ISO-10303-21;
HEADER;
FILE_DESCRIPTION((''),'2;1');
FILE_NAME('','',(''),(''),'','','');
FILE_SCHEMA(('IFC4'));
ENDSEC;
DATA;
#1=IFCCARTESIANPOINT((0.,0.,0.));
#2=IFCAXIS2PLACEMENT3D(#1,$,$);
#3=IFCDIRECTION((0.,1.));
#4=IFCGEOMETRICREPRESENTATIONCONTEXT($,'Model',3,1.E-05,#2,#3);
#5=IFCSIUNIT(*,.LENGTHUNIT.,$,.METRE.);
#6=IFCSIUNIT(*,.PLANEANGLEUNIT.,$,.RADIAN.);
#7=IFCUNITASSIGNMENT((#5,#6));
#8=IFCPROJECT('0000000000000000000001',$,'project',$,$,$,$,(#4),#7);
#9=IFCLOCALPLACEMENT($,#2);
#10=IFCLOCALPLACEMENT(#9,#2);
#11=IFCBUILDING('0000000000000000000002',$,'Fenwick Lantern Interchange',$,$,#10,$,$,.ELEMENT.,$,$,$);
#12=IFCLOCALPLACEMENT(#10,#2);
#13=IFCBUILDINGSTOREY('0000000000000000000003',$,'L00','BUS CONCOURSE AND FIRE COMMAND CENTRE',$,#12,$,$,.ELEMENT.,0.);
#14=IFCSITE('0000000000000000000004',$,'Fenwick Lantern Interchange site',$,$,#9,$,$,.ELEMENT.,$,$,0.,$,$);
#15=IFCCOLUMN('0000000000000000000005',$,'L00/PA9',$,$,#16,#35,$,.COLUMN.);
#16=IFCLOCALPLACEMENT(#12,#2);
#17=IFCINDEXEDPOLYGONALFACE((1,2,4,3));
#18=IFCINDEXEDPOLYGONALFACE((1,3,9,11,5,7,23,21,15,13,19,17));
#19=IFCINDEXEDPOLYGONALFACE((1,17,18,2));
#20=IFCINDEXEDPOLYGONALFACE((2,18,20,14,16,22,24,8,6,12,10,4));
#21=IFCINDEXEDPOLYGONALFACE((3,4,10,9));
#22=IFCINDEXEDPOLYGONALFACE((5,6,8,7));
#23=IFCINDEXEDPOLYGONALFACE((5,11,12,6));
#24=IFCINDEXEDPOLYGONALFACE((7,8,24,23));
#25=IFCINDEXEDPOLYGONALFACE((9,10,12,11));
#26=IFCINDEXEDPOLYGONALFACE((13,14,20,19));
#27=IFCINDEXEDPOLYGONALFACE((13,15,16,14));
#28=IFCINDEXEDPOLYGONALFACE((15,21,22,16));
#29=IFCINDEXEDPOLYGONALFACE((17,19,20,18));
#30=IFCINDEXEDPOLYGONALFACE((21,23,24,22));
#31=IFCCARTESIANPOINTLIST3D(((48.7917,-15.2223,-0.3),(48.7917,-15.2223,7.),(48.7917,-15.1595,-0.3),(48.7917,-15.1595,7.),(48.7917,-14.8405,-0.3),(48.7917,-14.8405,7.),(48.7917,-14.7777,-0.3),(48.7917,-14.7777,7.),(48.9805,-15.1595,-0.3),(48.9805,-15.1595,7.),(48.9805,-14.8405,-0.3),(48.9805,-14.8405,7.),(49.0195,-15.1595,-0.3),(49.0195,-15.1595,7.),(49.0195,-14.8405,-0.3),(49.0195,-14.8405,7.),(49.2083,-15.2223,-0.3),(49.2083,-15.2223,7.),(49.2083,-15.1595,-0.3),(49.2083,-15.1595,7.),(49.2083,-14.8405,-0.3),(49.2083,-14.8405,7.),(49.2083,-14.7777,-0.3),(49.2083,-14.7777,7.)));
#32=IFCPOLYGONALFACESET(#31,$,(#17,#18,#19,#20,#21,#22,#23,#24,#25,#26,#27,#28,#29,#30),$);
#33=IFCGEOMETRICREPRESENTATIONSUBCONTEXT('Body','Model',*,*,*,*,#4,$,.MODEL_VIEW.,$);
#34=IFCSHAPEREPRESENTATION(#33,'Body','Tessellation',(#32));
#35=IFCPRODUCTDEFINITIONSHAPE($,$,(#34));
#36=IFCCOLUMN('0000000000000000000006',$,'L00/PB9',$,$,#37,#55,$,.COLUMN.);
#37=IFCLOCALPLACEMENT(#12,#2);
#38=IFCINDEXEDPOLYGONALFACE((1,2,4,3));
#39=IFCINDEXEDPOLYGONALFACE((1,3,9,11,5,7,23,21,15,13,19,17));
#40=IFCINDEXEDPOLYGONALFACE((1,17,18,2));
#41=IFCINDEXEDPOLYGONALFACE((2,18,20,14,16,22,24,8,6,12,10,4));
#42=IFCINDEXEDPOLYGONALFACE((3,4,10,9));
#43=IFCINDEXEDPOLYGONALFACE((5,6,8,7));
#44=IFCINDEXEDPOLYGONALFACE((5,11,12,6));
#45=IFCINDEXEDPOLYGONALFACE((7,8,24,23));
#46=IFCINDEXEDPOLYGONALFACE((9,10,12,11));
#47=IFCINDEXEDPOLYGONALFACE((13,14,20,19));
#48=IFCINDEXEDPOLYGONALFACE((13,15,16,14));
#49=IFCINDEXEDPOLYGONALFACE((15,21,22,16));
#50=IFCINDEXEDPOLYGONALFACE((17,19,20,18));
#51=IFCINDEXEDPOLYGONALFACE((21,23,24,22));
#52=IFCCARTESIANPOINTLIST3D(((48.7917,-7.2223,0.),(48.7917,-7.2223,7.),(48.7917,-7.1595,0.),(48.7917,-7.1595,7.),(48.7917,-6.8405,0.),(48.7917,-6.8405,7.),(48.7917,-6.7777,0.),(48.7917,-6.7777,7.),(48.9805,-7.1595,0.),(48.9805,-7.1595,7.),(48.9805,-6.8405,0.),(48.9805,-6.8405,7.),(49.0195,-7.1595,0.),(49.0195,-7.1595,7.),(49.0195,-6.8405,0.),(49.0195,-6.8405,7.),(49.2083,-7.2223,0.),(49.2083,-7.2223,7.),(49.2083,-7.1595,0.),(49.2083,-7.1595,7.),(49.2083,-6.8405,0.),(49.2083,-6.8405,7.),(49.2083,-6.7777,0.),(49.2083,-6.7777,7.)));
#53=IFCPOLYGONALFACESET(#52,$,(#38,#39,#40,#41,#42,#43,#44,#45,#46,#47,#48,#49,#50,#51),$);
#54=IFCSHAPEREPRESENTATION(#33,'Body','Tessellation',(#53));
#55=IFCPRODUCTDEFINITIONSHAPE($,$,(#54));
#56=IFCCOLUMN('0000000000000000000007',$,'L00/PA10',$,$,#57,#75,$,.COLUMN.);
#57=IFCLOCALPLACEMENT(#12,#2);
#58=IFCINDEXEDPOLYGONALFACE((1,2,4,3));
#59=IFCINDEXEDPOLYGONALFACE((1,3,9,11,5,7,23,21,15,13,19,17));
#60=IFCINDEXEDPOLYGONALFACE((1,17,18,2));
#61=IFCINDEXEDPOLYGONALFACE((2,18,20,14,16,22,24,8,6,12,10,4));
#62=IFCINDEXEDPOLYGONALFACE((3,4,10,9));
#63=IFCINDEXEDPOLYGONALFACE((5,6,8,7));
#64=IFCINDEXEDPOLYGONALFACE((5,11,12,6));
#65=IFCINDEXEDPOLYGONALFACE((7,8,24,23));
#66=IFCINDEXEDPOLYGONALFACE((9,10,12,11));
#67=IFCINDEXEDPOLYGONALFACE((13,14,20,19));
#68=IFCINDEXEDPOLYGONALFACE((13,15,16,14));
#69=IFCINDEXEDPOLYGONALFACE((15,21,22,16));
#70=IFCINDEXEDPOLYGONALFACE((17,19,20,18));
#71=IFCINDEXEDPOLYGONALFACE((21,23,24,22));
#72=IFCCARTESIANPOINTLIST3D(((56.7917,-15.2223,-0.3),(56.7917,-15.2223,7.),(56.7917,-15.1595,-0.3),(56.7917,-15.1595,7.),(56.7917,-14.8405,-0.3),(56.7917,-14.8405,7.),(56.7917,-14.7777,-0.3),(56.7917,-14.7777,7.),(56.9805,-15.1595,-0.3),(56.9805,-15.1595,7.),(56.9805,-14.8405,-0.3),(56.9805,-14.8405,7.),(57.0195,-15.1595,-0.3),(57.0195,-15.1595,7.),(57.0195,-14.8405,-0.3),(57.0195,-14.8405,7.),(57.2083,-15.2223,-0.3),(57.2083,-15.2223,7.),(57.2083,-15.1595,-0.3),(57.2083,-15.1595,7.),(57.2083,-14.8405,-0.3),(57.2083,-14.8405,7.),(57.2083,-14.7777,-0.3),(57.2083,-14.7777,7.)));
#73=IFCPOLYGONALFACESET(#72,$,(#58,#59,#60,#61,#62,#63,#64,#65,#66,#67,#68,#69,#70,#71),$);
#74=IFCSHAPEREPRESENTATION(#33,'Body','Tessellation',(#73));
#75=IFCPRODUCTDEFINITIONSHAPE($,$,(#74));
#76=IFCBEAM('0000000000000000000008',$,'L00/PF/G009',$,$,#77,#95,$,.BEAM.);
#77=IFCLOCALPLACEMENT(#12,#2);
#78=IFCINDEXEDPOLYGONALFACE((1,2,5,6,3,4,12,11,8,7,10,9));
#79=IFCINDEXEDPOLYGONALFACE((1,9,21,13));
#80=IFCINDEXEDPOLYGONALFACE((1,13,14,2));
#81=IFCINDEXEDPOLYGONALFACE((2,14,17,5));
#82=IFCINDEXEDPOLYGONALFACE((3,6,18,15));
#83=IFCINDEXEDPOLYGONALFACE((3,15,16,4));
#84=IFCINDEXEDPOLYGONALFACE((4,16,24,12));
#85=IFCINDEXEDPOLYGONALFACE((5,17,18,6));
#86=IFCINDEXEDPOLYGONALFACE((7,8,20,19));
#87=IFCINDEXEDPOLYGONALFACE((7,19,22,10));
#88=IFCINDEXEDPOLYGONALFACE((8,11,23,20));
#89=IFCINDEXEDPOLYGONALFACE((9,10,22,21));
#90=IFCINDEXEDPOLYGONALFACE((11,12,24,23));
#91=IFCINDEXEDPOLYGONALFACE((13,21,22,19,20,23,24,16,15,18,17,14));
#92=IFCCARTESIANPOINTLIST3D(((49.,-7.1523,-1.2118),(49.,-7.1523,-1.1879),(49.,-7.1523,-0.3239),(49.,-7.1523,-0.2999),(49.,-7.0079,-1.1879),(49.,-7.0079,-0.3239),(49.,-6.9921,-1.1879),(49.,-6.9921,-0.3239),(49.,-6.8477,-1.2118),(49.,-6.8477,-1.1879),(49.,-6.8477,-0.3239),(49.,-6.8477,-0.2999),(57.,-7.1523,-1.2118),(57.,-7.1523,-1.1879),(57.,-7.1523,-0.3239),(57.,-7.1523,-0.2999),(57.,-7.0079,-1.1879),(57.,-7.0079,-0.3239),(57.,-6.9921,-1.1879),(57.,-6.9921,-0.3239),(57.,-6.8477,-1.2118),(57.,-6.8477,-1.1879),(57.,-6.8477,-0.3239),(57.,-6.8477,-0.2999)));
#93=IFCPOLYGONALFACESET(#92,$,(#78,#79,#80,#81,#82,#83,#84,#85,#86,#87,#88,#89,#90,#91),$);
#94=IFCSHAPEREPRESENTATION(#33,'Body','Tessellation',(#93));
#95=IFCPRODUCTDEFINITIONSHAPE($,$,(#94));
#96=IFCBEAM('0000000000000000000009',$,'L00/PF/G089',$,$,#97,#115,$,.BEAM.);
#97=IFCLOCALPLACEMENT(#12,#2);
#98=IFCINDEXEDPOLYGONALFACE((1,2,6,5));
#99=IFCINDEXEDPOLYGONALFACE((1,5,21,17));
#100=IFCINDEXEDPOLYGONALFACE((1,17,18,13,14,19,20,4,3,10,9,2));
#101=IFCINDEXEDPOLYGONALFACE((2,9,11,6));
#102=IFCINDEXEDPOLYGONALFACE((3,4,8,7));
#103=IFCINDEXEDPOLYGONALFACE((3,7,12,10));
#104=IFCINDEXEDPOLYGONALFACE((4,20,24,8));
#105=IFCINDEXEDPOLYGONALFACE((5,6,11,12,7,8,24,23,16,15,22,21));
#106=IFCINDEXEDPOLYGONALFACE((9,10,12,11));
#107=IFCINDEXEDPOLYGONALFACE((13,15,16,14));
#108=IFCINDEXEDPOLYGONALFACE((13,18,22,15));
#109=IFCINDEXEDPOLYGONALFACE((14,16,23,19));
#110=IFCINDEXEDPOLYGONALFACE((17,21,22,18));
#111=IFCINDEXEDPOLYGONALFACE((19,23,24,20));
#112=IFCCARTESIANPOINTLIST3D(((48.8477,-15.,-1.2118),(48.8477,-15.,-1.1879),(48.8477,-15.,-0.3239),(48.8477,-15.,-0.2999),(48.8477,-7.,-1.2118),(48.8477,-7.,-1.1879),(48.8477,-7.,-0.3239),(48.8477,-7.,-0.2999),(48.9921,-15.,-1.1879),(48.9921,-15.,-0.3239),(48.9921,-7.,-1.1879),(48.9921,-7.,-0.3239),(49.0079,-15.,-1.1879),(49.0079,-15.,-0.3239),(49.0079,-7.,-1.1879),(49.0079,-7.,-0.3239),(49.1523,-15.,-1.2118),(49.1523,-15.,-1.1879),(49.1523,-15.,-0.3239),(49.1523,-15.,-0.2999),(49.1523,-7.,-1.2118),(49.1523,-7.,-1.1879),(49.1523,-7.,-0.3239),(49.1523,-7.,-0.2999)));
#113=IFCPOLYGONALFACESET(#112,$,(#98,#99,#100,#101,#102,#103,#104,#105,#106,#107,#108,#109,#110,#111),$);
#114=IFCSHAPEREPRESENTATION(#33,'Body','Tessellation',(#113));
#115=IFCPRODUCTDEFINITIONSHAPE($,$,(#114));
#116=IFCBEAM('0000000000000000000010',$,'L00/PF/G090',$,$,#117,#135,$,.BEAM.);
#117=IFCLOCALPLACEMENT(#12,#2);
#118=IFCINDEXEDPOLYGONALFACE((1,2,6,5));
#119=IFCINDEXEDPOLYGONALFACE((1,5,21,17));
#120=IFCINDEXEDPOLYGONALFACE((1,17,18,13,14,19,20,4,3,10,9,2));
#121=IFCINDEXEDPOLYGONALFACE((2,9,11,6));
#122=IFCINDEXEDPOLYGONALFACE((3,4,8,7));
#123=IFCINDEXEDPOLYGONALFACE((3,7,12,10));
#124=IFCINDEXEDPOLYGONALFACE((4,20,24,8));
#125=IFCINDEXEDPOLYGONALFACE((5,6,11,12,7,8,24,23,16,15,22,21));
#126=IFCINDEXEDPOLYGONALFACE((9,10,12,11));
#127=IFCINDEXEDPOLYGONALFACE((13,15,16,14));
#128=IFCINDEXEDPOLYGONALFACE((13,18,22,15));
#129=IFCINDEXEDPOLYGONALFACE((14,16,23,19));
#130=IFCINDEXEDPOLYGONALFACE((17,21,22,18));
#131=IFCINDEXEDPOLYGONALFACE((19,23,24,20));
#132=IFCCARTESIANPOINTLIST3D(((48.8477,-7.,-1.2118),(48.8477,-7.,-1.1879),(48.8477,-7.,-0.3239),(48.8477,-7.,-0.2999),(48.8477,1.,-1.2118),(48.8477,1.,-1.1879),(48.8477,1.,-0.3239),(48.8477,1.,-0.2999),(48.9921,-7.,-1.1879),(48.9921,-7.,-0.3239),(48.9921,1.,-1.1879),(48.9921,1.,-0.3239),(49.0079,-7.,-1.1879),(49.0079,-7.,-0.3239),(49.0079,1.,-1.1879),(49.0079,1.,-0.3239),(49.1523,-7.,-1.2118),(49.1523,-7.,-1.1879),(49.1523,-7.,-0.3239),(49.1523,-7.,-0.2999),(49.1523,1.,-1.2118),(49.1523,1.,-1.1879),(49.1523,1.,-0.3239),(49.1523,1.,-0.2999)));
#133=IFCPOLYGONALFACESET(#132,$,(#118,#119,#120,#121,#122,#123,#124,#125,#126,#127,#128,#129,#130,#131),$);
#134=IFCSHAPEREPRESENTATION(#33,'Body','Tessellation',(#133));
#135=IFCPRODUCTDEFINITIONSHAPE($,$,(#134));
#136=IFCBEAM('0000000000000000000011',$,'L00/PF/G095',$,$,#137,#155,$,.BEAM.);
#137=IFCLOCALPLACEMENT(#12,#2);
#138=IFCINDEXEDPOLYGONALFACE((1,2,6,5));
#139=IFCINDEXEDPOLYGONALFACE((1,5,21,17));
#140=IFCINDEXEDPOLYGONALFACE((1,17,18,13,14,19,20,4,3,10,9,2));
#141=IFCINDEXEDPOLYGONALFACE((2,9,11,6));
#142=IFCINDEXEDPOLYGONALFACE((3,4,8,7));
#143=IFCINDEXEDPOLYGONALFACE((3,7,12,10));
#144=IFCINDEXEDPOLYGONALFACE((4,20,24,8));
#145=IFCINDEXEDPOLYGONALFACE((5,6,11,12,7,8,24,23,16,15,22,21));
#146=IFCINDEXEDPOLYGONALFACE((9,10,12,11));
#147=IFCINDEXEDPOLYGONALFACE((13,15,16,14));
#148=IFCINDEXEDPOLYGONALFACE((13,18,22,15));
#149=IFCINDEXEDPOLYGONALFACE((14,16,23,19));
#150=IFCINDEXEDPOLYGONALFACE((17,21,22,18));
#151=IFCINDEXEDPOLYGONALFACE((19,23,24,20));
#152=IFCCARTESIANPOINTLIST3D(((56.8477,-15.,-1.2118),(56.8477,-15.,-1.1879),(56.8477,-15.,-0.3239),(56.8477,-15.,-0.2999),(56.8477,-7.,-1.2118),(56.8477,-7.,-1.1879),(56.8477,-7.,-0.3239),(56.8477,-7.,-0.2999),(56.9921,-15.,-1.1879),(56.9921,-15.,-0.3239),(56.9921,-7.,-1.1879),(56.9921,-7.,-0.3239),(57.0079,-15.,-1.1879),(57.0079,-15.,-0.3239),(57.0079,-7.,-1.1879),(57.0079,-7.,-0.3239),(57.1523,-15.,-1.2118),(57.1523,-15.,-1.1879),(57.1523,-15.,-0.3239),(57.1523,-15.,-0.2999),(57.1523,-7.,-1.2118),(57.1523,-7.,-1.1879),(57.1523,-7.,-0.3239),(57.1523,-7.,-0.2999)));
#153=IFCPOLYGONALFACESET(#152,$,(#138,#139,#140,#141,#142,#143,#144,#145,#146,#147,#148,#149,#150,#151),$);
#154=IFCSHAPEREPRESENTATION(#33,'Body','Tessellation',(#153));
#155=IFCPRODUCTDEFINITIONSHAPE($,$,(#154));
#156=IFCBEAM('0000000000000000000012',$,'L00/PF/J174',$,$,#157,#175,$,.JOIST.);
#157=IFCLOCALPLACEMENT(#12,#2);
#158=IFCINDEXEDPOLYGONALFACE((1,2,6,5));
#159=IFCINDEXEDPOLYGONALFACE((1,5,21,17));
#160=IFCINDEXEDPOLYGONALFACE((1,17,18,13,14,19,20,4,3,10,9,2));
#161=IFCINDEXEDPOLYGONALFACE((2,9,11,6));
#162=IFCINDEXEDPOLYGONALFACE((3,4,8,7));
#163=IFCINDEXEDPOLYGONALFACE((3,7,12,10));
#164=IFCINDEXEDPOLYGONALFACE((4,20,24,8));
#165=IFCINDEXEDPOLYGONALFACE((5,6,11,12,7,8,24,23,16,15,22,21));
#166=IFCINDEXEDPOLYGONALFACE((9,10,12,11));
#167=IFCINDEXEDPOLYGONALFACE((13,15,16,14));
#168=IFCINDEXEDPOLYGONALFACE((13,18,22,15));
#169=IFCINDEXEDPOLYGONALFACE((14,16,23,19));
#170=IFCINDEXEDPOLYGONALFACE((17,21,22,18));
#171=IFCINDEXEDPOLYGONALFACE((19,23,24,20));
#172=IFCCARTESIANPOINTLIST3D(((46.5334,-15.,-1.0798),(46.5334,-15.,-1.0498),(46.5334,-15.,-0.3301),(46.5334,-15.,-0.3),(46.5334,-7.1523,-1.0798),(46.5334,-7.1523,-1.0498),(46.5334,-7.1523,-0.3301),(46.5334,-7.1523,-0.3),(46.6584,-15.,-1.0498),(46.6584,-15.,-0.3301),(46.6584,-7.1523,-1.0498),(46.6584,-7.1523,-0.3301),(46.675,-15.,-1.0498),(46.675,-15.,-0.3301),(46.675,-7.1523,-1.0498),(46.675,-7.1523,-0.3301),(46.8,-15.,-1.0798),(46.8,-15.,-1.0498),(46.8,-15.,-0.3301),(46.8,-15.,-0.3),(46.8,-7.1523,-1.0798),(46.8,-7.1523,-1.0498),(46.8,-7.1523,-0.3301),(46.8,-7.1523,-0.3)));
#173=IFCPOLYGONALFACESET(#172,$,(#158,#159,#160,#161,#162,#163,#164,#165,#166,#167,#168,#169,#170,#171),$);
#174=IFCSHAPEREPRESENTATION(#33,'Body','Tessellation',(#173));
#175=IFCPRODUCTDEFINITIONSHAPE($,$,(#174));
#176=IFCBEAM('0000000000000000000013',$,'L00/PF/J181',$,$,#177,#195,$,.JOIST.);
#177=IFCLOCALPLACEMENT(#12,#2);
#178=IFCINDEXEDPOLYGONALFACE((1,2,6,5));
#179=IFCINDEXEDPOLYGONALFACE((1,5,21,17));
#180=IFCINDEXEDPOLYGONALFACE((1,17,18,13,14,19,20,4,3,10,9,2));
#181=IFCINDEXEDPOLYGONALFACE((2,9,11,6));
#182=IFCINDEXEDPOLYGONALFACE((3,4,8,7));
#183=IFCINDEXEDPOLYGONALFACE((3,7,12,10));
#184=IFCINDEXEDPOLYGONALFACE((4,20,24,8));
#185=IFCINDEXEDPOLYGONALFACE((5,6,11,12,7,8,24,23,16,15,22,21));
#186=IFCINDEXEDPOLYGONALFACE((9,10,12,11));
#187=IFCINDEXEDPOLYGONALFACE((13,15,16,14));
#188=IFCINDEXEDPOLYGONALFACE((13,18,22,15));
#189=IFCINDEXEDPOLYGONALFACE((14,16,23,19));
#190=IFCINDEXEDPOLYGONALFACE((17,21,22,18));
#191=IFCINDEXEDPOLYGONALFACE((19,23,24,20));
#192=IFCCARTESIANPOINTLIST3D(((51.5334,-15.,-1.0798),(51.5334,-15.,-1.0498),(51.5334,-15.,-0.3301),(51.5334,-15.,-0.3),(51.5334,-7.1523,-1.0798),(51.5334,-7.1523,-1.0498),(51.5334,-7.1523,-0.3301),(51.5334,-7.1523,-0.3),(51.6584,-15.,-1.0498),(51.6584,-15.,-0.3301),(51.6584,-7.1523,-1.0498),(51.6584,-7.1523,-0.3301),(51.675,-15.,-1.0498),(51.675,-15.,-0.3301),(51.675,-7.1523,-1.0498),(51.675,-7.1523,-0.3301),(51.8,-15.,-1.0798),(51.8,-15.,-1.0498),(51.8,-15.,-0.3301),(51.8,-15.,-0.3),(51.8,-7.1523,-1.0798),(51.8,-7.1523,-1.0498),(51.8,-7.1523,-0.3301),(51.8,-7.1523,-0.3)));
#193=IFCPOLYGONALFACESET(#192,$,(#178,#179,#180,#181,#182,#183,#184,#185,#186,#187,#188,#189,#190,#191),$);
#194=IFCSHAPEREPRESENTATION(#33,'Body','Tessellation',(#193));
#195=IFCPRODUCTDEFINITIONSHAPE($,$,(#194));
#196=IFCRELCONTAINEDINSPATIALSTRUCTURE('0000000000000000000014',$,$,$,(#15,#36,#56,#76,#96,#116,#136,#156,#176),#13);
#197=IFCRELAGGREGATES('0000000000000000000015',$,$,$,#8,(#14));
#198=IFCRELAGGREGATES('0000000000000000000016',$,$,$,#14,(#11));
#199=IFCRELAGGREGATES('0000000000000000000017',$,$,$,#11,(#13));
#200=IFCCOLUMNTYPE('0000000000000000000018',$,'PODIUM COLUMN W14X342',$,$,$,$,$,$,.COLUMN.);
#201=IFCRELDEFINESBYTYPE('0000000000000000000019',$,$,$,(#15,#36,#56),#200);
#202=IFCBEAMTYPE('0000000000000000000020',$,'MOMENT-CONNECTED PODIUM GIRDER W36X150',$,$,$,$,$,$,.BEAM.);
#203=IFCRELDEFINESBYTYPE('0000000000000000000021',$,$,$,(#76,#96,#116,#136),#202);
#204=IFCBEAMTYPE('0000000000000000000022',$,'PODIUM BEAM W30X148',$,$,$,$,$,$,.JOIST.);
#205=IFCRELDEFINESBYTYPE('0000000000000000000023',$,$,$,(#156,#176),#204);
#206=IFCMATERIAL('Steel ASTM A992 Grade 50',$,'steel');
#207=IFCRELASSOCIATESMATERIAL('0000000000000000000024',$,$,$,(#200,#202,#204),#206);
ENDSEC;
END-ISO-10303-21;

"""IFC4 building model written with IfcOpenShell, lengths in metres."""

from ifc_helpers import new_model, si_unit, direction, frame, origin, origin_2d, place, context, subcontext, project, spatial, i_section, extrude, material, material_profile, profile_set, type_object, element, save


model = new_model("IFC4")

# Units and contexts
model_context = context("Model", 3, precision=1e-05, world=origin(), true_north=direction((0.0, 1.0)))
body_context = subcontext(model_context, "Body", "Model", "MODEL_VIEW")
ifc_project = project(units=[si_unit("LENGTHUNIT", "METRE"), si_unit("PLANEANGLEUNIT", "RADIAN")], contexts=[model_context])

# Site, building, storey
site_placement = place(None, origin())
site = spatial("IfcSite", under=ifc_project, at=site_placement, Name="Fenwick Lantern Interchange site", CompositionType="ELEMENT", RefElevation=0.0)
building_placement = place(site_placement, origin())
building = spatial("IfcBuilding", under=site, at=building_placement, Name="Fenwick Lantern Interchange", CompositionType="ELEMENT")
storey_placement = place(building_placement, origin())
storey = spatial("IfcBuildingStorey", under=building, at=storey_placement, Name="L00", Description="BUS CONCOURSE AND FIRE COMMAND CENTRE", CompositionType="ELEMENT", Elevation=0.0)

# Columns
ifc_material_1 = material(Name="Steel ASTM A992 Grade 50", Category="steel")
ifc_material_profile_1 = material_profile(ifc_material_1, i_section(OverallWidth=0.4165, OverallDepth=0.4446, WebThickness=0.0391, FlangeThickness=0.0627, at=origin_2d()), Name="W14X342")
ifc_profile_set_1 = profile_set([ifc_material_profile_1], Name="Steel ASTM A992 Grade 50")
column_type = type_object("IfcColumnType", Name="PODIUM COLUMN W14X342", PredefinedType="COLUMN", material=ifc_profile_set_1)
column_1_placement = place(storey_placement, frame((49.0, -15.0, -0.3), z_axis=(0.0, 0.0, 1.0), x_axis=(1.0, 0.0, 0.0)))
element("IfcColumn", 1, at=column_1_placement, inside=storey, type_object=column_type, Name="L00/PA9", PredefinedType="COLUMN", context=body_context, shape_type="SweptSolid", body=[
    extrude(i_section(OverallWidth=0.4165, OverallDepth=0.4446, WebThickness=0.0391, FlangeThickness=0.0627, at=origin_2d()), origin(), (0.0, 0.0, 1.0), 7.3),
])
column_2_placement = place(storey_placement, frame((49.0, -7.0, 0.0), z_axis=(0.0, 0.0, 1.0), x_axis=(1.0, 0.0, 0.0)))
element("IfcColumn", 2, at=column_2_placement, inside=storey, type_object=column_type, Name="L00/PB9", PredefinedType="COLUMN", context=body_context, shape_type="SweptSolid", body=[
    extrude(i_section(OverallWidth=0.4165, OverallDepth=0.4446, WebThickness=0.0391, FlangeThickness=0.0627, at=origin_2d()), origin(), (0.0, 0.0, 1.0), 7.0),
])
column_3_placement = place(storey_placement, frame((57.0, -15.0, -0.3), z_axis=(0.0, 0.0, 1.0), x_axis=(1.0, 0.0, 0.0)))
element("IfcColumn", 3, at=column_3_placement, inside=storey, type_object=column_type, Name="L00/PA10", PredefinedType="COLUMN", context=body_context, shape_type="SweptSolid", body=[
    extrude(i_section(OverallWidth=0.4165, OverallDepth=0.4446, WebThickness=0.0391, FlangeThickness=0.0627, at=origin_2d()), origin(), (0.0, 0.0, 1.0), 7.3),
])

# Beams
ifc_material_profile_2 = material_profile(ifc_material_1, i_section(OverallWidth=0.3047, OverallDepth=0.9119, WebThickness=0.0159, FlangeThickness=0.0239, at=origin_2d()), Name="W36X150")
ifc_profile_set_2 = profile_set([ifc_material_profile_2], Name="Steel ASTM A992 Grade 50")
beam_type_1 = type_object("IfcBeamType", Name="MOMENT-CONNECTED PODIUM GIRDER W36X150", PredefinedType="BEAM", material=ifc_profile_set_2)
for number, where, z_axis, x_axis, name in (
    (4, (49.0, -7.0, -0.7559), (1.0, 0.0, 0.0), (0.0, 1.0, 0.0), "L00/PF/G009"),
    (5, (49.0, -15.0, -0.7559), (0.0, 1.0, 0.0), (-1.0, 0.0, 0.0), "L00/PF/G089"),
    (6, (49.0, -7.0, -0.7559), (0.0, 1.0, 0.0), (-1.0, 0.0, 0.0), "L00/PF/G090"),
    (7, (57.0, -15.0, -0.7559), (0.0, 1.0, 0.0), (-1.0, 0.0, 0.0), "L00/PF/G095"),
):
    element("IfcBeam", number, at=place(storey_placement, frame(where, z_axis=z_axis, x_axis=x_axis)), inside=storey, type_object=beam_type_1, Name=name, PredefinedType="BEAM", context=body_context, shape_type="SweptSolid", body=[
        extrude(i_section(OverallWidth=0.3047, OverallDepth=0.9119, WebThickness=0.0159, FlangeThickness=0.0239, at=origin_2d()), origin(), (0.0, 0.0, 1.0), 8.0),
    ])
ifc_material_profile_3 = material_profile(ifc_material_1, i_section(OverallWidth=0.2666, OverallDepth=0.7798, WebThickness=0.0166, FlangeThickness=0.03, at=origin_2d()), Name="W30X148")
ifc_profile_set_3 = profile_set([ifc_material_profile_3], Name="Steel ASTM A992 Grade 50")
beam_type_2 = type_object("IfcBeamType", Name="PODIUM BEAM W30X148", PredefinedType="JOIST", material=ifc_profile_set_3)
for number, where, z_axis, x_axis, name in (
    (8, (46.6667, -15.0, -0.6899), (0.0, 1.0, 0.0), (-1.0, 0.0, 0.0), "L00/PF/J174"),
    (9, (51.6667, -15.0, -0.6899), (0.0, 1.0, 0.0), (-1.0, 0.0, 0.0), "L00/PF/J181"),
):
    element("IfcBeam", number, at=place(storey_placement, frame(where, z_axis=z_axis, x_axis=x_axis)), inside=storey, type_object=beam_type_2, Name=name, PredefinedType="JOIST", context=body_context, shape_type="SweptSolid", body=[
        extrude(i_section(OverallWidth=0.2666, OverallDepth=0.7798, WebThickness=0.0166, FlangeThickness=0.03, at=origin_2d()), origin(), (0.0, 0.0, 1.0), 7.8477),
    ])

save(model, "model.ifc")
